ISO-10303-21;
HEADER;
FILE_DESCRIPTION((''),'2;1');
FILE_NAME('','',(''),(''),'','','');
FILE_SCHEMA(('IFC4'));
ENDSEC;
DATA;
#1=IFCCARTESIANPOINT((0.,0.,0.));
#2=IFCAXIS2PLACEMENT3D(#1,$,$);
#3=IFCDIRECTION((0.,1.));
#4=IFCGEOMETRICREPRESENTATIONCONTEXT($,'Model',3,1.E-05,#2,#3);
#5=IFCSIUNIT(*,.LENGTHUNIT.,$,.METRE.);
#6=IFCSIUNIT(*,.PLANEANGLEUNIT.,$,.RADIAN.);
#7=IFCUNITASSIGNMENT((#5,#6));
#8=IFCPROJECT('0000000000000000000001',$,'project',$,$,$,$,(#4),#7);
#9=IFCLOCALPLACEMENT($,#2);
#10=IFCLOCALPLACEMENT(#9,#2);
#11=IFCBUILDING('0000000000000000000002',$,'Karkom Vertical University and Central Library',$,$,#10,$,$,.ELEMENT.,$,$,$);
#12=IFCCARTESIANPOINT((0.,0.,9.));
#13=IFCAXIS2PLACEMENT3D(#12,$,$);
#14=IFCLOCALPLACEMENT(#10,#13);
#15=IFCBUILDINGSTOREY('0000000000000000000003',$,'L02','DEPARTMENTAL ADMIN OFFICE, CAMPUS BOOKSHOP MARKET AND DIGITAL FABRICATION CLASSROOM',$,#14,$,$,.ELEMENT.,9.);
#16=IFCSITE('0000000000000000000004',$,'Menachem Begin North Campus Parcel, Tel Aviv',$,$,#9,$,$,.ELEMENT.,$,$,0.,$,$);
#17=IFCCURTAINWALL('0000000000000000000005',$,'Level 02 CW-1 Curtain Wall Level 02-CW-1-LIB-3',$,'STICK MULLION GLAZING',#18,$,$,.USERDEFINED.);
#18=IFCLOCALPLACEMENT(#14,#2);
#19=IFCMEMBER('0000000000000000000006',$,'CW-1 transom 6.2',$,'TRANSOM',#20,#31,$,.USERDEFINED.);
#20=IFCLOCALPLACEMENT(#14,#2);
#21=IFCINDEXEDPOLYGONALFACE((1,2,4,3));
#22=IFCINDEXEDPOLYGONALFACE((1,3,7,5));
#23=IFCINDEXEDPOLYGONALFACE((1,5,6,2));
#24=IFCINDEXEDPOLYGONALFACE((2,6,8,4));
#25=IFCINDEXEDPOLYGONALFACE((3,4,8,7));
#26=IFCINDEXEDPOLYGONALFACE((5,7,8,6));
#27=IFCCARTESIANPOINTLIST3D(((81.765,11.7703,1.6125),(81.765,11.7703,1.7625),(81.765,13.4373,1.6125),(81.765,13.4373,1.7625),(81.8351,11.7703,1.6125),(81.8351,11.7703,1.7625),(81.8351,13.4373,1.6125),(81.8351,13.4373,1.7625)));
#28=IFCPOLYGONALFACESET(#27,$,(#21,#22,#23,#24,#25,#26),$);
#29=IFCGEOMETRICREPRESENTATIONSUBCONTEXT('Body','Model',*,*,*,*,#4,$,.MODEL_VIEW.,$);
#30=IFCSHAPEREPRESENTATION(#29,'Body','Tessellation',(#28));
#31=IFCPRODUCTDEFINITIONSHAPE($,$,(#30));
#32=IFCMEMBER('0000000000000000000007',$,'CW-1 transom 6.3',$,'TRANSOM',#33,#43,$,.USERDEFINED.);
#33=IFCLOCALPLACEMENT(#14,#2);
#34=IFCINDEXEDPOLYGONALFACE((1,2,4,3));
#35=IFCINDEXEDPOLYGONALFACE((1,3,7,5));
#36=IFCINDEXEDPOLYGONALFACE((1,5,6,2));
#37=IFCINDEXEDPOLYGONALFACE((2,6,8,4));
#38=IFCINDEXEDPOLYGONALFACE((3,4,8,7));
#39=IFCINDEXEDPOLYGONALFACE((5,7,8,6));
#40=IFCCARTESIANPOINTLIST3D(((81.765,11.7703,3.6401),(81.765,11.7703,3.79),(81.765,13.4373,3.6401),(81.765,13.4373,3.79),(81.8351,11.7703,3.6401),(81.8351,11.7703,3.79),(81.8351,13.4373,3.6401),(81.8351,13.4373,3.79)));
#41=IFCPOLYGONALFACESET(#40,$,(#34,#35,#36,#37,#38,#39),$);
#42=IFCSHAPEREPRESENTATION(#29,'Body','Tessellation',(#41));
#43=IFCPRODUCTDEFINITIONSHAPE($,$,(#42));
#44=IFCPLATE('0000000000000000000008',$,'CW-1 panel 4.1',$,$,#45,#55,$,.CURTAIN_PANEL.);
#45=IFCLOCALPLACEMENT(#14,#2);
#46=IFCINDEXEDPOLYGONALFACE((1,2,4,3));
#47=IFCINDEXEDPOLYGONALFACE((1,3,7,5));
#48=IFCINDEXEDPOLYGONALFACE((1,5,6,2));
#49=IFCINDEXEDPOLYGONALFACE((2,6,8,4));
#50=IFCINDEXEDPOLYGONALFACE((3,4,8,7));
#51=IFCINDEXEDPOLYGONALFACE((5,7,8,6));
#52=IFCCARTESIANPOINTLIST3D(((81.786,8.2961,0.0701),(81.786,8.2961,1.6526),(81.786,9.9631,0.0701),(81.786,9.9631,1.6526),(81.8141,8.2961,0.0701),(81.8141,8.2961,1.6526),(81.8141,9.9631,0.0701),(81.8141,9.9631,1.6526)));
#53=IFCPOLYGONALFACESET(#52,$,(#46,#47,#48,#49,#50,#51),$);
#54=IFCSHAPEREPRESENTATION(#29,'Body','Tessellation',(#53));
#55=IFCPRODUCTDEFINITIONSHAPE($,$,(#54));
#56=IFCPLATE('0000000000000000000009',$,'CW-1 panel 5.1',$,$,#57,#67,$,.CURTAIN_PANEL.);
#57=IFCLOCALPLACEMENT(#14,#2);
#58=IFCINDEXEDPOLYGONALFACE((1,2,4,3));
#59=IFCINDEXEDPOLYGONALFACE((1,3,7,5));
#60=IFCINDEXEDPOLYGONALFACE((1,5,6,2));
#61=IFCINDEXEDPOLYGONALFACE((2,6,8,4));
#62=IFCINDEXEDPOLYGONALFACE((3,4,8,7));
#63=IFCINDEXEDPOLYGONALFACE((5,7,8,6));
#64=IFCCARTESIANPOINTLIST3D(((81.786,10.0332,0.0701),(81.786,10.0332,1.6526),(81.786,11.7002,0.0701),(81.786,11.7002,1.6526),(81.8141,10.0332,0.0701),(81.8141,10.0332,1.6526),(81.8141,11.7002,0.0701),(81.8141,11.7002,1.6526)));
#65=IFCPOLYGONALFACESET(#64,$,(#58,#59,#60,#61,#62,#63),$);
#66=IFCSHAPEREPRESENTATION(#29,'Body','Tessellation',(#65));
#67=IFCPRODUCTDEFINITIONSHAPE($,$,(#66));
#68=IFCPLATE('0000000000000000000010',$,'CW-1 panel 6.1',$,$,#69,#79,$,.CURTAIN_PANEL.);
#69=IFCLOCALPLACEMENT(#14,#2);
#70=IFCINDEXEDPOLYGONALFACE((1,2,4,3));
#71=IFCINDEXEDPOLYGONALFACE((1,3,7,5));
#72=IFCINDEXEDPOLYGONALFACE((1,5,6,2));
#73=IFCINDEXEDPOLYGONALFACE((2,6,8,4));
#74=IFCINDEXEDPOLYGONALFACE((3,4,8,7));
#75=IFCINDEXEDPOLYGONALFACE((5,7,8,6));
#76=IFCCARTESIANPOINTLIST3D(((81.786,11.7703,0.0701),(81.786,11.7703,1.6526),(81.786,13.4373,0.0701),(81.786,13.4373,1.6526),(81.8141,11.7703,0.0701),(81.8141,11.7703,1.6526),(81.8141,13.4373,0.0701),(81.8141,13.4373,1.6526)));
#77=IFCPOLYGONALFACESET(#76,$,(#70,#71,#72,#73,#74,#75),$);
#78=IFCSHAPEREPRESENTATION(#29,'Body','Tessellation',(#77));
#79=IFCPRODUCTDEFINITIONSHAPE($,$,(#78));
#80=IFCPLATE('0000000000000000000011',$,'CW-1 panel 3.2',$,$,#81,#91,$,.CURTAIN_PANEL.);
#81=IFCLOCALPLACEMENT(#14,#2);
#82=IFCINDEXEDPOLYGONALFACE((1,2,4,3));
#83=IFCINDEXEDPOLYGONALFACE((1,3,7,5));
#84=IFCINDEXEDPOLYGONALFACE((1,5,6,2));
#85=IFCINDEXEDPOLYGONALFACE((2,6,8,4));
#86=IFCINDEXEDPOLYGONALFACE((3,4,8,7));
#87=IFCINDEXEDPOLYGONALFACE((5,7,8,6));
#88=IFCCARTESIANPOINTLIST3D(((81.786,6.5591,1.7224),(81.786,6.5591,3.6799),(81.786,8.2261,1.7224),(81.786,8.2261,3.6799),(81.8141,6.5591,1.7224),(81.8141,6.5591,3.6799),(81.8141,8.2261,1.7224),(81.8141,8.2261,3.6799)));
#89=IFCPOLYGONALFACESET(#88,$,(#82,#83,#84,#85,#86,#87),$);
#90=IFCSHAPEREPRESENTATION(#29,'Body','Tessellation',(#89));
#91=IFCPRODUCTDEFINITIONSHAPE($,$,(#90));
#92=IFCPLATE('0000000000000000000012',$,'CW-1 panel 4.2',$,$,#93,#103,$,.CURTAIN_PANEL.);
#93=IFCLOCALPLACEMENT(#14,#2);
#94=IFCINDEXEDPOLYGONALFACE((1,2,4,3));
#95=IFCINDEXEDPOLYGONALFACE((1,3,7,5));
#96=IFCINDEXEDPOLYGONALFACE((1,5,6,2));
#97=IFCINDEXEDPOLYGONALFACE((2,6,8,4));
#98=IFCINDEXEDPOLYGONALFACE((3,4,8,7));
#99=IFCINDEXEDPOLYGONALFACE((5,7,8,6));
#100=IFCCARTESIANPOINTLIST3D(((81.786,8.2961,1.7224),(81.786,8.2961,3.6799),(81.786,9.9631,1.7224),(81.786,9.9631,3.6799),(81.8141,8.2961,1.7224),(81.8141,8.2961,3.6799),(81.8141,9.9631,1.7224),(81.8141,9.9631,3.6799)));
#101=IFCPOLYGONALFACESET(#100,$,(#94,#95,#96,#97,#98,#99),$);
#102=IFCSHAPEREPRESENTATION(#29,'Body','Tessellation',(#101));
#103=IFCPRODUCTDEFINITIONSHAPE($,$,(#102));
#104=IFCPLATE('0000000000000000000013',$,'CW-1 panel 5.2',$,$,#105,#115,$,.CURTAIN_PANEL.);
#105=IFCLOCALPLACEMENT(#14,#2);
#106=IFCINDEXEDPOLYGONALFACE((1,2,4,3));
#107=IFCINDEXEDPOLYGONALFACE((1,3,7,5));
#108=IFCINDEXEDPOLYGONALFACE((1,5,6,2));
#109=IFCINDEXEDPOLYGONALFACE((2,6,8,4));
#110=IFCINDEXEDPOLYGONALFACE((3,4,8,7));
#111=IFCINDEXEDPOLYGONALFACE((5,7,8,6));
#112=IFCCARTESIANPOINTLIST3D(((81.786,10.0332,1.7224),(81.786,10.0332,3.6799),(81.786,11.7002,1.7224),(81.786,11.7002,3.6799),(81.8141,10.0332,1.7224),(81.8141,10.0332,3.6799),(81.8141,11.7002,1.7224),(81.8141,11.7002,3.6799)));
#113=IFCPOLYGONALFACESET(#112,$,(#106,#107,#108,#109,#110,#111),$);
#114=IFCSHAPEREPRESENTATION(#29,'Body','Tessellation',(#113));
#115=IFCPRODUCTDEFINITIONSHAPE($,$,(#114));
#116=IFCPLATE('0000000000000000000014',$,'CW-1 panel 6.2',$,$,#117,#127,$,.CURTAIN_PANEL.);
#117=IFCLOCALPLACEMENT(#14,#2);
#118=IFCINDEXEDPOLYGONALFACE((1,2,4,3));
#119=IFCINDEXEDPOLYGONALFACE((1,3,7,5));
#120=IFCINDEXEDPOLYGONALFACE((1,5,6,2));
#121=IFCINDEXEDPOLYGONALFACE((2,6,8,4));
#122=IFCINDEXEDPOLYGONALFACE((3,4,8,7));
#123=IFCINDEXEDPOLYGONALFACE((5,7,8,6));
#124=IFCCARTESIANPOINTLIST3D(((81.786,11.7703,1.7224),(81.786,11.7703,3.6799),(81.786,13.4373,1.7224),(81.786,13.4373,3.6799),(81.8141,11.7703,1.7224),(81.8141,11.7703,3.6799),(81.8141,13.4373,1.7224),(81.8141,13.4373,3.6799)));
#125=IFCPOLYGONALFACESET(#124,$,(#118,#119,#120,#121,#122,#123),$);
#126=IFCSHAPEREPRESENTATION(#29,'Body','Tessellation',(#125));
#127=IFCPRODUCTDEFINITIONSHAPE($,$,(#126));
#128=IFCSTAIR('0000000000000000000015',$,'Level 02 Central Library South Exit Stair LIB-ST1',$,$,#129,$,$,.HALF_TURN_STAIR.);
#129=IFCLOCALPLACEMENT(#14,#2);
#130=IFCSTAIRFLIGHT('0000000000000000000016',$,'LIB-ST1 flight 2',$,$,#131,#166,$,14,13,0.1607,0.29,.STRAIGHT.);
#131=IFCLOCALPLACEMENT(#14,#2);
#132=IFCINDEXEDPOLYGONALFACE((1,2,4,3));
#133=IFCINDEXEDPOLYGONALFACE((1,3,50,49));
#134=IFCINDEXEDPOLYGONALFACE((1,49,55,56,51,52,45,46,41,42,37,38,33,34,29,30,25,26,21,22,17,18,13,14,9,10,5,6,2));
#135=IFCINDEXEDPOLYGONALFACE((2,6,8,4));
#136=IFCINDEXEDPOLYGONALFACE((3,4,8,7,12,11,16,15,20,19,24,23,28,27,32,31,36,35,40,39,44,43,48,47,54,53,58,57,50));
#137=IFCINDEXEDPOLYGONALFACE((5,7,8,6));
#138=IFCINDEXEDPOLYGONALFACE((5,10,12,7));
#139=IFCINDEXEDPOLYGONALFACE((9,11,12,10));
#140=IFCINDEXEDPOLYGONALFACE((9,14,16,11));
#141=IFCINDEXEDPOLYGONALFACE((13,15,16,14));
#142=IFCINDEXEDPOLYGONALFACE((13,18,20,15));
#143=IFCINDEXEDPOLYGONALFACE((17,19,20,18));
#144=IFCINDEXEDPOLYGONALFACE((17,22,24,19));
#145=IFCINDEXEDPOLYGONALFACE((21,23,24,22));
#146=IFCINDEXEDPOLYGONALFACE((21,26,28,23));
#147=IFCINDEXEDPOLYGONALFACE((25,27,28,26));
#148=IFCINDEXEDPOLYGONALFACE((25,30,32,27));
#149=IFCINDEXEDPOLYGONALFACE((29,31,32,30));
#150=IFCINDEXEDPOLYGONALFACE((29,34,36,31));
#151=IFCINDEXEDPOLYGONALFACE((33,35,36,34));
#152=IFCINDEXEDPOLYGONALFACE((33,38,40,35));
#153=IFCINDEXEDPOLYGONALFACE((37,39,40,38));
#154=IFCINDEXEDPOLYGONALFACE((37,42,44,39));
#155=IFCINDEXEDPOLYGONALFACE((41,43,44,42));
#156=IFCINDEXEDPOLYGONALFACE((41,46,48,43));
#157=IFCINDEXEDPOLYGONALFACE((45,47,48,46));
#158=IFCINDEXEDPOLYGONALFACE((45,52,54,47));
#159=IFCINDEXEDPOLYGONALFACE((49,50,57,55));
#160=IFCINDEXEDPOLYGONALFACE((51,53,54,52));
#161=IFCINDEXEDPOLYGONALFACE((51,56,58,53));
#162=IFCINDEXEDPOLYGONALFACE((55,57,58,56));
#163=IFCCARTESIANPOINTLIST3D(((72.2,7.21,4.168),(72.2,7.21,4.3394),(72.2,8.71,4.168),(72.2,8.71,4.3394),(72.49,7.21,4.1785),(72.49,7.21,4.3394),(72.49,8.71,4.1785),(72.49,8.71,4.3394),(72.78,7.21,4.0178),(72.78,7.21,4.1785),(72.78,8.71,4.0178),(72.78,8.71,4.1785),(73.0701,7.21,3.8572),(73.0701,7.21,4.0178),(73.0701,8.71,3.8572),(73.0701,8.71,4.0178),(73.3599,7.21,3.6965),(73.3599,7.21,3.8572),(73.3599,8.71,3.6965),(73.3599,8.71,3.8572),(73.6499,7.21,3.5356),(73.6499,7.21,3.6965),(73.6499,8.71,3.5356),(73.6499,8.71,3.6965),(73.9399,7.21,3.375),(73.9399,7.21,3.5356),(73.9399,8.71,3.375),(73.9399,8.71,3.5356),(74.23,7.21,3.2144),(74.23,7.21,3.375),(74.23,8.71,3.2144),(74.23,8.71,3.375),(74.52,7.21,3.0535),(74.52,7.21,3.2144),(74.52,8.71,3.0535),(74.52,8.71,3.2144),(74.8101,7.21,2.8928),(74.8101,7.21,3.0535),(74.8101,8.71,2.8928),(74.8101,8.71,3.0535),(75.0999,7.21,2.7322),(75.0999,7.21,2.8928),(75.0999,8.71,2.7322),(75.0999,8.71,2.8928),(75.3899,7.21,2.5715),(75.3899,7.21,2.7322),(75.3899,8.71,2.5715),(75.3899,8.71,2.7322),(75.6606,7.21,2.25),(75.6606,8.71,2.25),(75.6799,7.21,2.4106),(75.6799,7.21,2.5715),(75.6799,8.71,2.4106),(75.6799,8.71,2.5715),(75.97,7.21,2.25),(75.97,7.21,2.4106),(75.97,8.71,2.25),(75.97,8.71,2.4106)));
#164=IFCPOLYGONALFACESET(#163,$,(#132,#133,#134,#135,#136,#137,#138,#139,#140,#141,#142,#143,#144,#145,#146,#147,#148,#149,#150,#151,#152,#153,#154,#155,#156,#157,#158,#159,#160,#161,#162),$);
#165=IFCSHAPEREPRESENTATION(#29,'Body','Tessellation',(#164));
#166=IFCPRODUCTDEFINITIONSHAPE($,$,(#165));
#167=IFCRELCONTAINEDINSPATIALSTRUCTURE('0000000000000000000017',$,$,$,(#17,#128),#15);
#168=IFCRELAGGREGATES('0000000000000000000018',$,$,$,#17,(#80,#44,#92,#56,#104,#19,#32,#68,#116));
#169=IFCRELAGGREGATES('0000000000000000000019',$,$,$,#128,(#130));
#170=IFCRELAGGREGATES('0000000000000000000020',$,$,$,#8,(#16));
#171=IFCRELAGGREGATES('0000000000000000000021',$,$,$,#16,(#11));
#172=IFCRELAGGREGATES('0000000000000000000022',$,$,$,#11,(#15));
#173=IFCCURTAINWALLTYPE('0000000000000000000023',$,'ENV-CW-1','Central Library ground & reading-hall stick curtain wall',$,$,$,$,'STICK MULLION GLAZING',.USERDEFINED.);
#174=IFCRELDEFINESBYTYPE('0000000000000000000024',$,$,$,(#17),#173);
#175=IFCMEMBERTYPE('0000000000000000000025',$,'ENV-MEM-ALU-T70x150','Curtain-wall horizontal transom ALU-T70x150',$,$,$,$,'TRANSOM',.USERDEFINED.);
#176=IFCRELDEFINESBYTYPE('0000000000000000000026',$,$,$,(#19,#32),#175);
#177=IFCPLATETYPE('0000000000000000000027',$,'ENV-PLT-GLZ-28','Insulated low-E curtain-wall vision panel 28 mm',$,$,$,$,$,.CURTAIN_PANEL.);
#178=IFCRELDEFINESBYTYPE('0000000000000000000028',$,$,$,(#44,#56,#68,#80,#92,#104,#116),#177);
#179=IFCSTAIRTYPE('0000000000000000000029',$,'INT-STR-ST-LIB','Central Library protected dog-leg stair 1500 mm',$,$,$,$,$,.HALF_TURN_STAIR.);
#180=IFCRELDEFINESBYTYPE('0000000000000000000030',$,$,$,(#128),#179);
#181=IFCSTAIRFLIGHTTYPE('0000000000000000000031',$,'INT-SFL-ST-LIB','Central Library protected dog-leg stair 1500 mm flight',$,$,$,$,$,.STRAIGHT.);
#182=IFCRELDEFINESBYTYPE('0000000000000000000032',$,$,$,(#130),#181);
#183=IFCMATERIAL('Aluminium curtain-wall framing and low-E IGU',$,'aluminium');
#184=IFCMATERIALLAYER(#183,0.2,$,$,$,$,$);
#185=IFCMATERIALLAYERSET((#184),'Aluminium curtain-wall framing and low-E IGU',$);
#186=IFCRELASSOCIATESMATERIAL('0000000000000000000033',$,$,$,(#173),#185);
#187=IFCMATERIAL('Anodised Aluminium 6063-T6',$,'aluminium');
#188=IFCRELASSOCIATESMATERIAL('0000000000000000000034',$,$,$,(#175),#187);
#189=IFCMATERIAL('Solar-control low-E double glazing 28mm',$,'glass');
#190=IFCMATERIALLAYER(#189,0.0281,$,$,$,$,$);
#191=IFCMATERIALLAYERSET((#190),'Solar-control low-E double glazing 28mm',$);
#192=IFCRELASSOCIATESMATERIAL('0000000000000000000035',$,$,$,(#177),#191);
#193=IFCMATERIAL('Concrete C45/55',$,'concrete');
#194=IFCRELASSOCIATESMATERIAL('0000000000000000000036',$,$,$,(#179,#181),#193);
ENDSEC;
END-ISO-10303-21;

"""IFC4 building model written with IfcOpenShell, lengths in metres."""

from ifc_helpers import new_model, si_unit, direction, frame, origin, origin_with_axes, origin_2d, place, context, subcontext, project, spatial, polyline, rectangle, outline, extrude, source, transform, mapped, material, layer, layer_set, material_profile, profile_set, type_object, element, aggregate, save


model = new_model("IFC4")

# Units and contexts
model_context = context("Model", 3, precision=1e-05, world=origin(), true_north=direction((0.0, 1.0)))
body_context = subcontext(model_context, "Body", "Model", "MODEL_VIEW")
ifc_project = project(units=[si_unit("LENGTHUNIT", "METRE"), si_unit("PLANEANGLEUNIT", "RADIAN")], contexts=[model_context])

# Site, building, storey
site_placement = place(None, origin())
site = spatial("IfcSite", under=ifc_project, at=site_placement, Name="Menachem Begin North Campus Parcel, Tel Aviv", CompositionType="ELEMENT", RefElevation=0.0)
building_placement = place(site_placement, origin())
building = spatial("IfcBuilding", under=site, at=building_placement, Name="Karkom Vertical University and Central Library", CompositionType="ELEMENT")
storey_placement = place(building_placement, frame((0.0, 0.0, 9.0)))
storey = spatial("IfcBuildingStorey", under=building, at=storey_placement, Name="L02", Description="DEPARTMENTAL ADMIN OFFICE, CAMPUS BOOKSHOP MARKET AND DIGITAL FABRICATION CLASSROOM", CompositionType="ELEMENT", Elevation=9.0)

# Shared definitions
ifc_material_1 = material(Name="Concrete C45/55", Category="concrete")

# Curtain wall, members, plates
ifc_material_2 = material(Name="Aluminium curtain-wall framing and low-E IGU", Category="aluminium")
ifc_layer_1 = layer(ifc_material_2, 0.2)
ifc_layer_set_1 = layer_set([ifc_layer_1], Name="Aluminium curtain-wall framing and low-E IGU")
curtain_wall_type = type_object("IfcCurtainWallType", Name="ENV-CW-1", Description="Central Library ground & reading-hall stick curtain wall", ElementType="STICK MULLION GLAZING", PredefinedType="USERDEFINED", material=ifc_layer_set_1)
curtain_wall_placement = place(storey_placement, origin())
curtain_wall = element("IfcCurtainWall", 1, at=curtain_wall_placement, inside=storey, type_object=curtain_wall_type, Name="Level 02 CW-1 Curtain Wall Level 02-CW-1-LIB-3", ObjectType="STICK MULLION GLAZING", PredefinedType="USERDEFINED")
ifc_material_3 = material(Name="Anodised Aluminium 6063-T6", Category="aluminium")
ifc_material_profile_1 = material_profile(ifc_material_3, rectangle(XDim=0.0701, YDim=0.1499, at=origin_2d()), Name="ALU-T70x150")
ifc_profile_set_1 = profile_set([ifc_material_profile_1], Name="Anodised Aluminium 6063-T6")
member_type_1 = type_object("IfcMemberType", Name="ENV-MEM-ALU-T70x150", Description="Curtain-wall horizontal transom ALU-T70x150", ElementType="TRANSOM", PredefinedType="USERDEFINED", material=ifc_profile_set_1)
shared_shape_1 = source(origin_with_axes(), body_context, "Body", "SweptSolid", [
    extrude(rectangle(XDim=0.0701, YDim=0.1499, at=origin_2d()), origin(), (0.0, 0.0, 1.0), 1.667),
])
member_1_placement = place(storey_placement, frame((81.8, 11.7703, 1.6875), z_axis=(0.0, 1.0, 0.0), x_axis=(-1.0, 0.0, 0.0)))
member_1 = element("IfcMember", 2, at=member_1_placement, type_object=member_type_1, Name="CW-1 transom 6.2", ObjectType="TRANSOM", PredefinedType="USERDEFINED", context=body_context, shape_type="MappedRepresentation", body=[
    mapped(shared_shape_1, transform((0.0, 0.0, 0.0), scale=1.0)),
])
member_2_placement = place(storey_placement, frame((81.8, 11.7703, 3.7151), z_axis=(0.0, 1.0, 0.0), x_axis=(-1.0, 0.0, 0.0)))
member_2 = element("IfcMember", 3, at=member_2_placement, type_object=member_type_1, Name="CW-1 transom 6.3", ObjectType="TRANSOM", PredefinedType="USERDEFINED", context=body_context, shape_type="MappedRepresentation", body=[
    mapped(shared_shape_1, transform((0.0, 0.0, 0.0), scale=1.0)),
])
ifc_material_4 = material(Name="Solar-control low-E double glazing 28mm", Category="glass")
ifc_layer_2 = layer(ifc_material_4, 0.0281)
ifc_layer_set_2 = layer_set([ifc_layer_2], Name="Solar-control low-E double glazing 28mm")
plate_type = type_object("IfcPlateType", Name="ENV-PLT-GLZ-28", Description="Insulated low-E curtain-wall vision panel 28 mm", PredefinedType="CURTAIN_PANEL", material=ifc_layer_set_2)
shared_shape_2 = source(origin_with_axes(), body_context, "Body", "SweptSolid", [
    extrude(rectangle(XDim=1.667, YDim=0.0281, at=origin_2d()), origin(), (0.0, 0.0, 1.0), 1.5825),
])
plate_1_placement = place(storey_placement, frame((81.8, 9.1296, 0.0701), z_axis=(0.0, 0.0, 1.0), x_axis=(0.0, 1.0, 0.0)))
plate_1 = element("IfcPlate", 4, at=plate_1_placement, type_object=plate_type, Name="CW-1 panel 4.1", PredefinedType="CURTAIN_PANEL", context=body_context, shape_type="MappedRepresentation", body=[
    mapped(shared_shape_2, transform((0.0, 0.0, 0.0), scale=1.0)),
])
plate_2_placement = place(storey_placement, frame((81.8, 10.8667, 0.0701), z_axis=(0.0, 0.0, 1.0), x_axis=(0.0, 1.0, 0.0)))
plate_2 = element("IfcPlate", 5, at=plate_2_placement, type_object=plate_type, Name="CW-1 panel 5.1", PredefinedType="CURTAIN_PANEL", context=body_context, shape_type="MappedRepresentation", body=[
    mapped(shared_shape_2, transform((0.0, 0.0, 0.0), scale=1.0)),
])
plate_3_placement = place(storey_placement, frame((81.8, 12.6038, 0.0701), z_axis=(0.0, 0.0, 1.0), x_axis=(0.0, 1.0, 0.0)))
plate_3 = element("IfcPlate", 6, at=plate_3_placement, type_object=plate_type, Name="CW-1 panel 6.1", PredefinedType="CURTAIN_PANEL", context=body_context, shape_type="MappedRepresentation", body=[
    mapped(shared_shape_2, transform((0.0, 0.0, 0.0), scale=1.0)),
])
shared_shape_3 = source(origin_with_axes(), body_context, "Body", "SweptSolid", [
    extrude(rectangle(XDim=1.667, YDim=0.0281, at=origin_2d()), origin(), (0.0, 0.0, 1.0), 1.9575),
])
plate_4_placement = place(storey_placement, frame((81.8, 7.3926, 1.7224), z_axis=(0.0, 0.0, 1.0), x_axis=(0.0, 1.0, 0.0)))
plate_4 = element("IfcPlate", 7, at=plate_4_placement, type_object=plate_type, Name="CW-1 panel 3.2", PredefinedType="CURTAIN_PANEL", context=body_context, shape_type="MappedRepresentation", body=[
    mapped(shared_shape_3, transform((0.0, 0.0, 0.0), scale=1.0)),
])
plate_5_placement = place(storey_placement, frame((81.8, 9.1296, 1.7224), z_axis=(0.0, 0.0, 1.0), x_axis=(0.0, 1.0, 0.0)))
plate_5 = element("IfcPlate", 8, at=plate_5_placement, type_object=plate_type, Name="CW-1 panel 4.2", PredefinedType="CURTAIN_PANEL", context=body_context, shape_type="MappedRepresentation", body=[
    mapped(shared_shape_3, transform((0.0, 0.0, 0.0), scale=1.0)),
])
plate_6_placement = place(storey_placement, frame((81.8, 10.8667, 1.7224), z_axis=(0.0, 0.0, 1.0), x_axis=(0.0, 1.0, 0.0)))
plate_6 = element("IfcPlate", 9, at=plate_6_placement, type_object=plate_type, Name="CW-1 panel 5.2", PredefinedType="CURTAIN_PANEL", context=body_context, shape_type="MappedRepresentation", body=[
    mapped(shared_shape_3, transform((0.0, 0.0, 0.0), scale=1.0)),
])
plate_7_placement = place(storey_placement, frame((81.8, 12.6038, 1.7224), z_axis=(0.0, 0.0, 1.0), x_axis=(0.0, 1.0, 0.0)))
plate_7 = element("IfcPlate", 10, at=plate_7_placement, type_object=plate_type, Name="CW-1 panel 6.2", PredefinedType="CURTAIN_PANEL", context=body_context, shape_type="MappedRepresentation", body=[
    mapped(shared_shape_3, transform((0.0, 0.0, 0.0), scale=1.0)),
])
aggregate(curtain_wall, [plate_4, plate_1, plate_5, plate_2, plate_6, member_1, member_2, plate_3, plate_7])

# Stair, stair flight
stair_type = type_object("IfcStairType", Name="INT-STR-ST-LIB", Description="Central Library protected dog-leg stair 1500 mm", PredefinedType="HALF_TURN_STAIR", material=ifc_material_1)
stair_placement = place(storey_placement, origin())
stair = element("IfcStair", 11, at=stair_placement, inside=storey, type_object=stair_type, Name="Level 02 Central Library South Exit Stair LIB-ST1", PredefinedType="HALF_TURN_STAIR")
stair_flight_type = type_object("IfcStairFlightType", Name="INT-SFL-ST-LIB", Description="Central Library protected dog-leg stair 1500 mm flight", PredefinedType="STRAIGHT", material=ifc_material_1)
stair_flight_placement = place(storey_placement, frame((75.97, 7.96, 2.25), z_axis=(0.0, 0.0, 1.0), x_axis=(-1.0, 0.0, 0.0)))
stair_flight = element("IfcStairFlight", 12, at=stair_flight_placement, type_object=stair_flight_type, Name="LIB-ST1 flight 2", NumberOfRisers=14, NumberOfTreads=13, PredefinedType="STRAIGHT", RiserHeight=0.1607, TreadLength=0.29, context=body_context, shape_type="SweptSolid", body=[
    extrude(outline(polyline([(0.0, 0.0), (0.0, 0.1606), (0.29, 0.1606), (0.29, 0.3215), (0.5801, 0.3215), (0.5801, 0.4822), (0.8701, 0.4822), (0.8701, 0.6428), (1.1599, 0.6428), (1.1599, 0.8035), (1.45, 0.8035), (1.45, 0.9644), (1.74, 0.9644), (1.74, 1.125), (2.03, 1.125), (2.03, 1.2856), (2.3201, 1.2856), (2.3201, 1.4465), (2.6101, 1.4465), (2.6101, 1.6072), (2.8999, 1.6072), (2.8999, 1.7678), (3.1899, 1.7678), (3.1899, 1.9285), (3.48, 1.9285), (3.48, 2.0894), (3.77, 2.0894), (3.77, 2.25), (3.77, 1.918), (0.3093, 0.0), (0.0, 0.0)])), frame((0.0, 0.75, 0.0), z_axis=(0.0, -1.0, 0.0), x_axis=(1.0, 0.0, 0.0)), (0.0, 0.0, 1.0), 1.5),
])
aggregate(stair, [stair_flight])

save(model, "model.ifc")
